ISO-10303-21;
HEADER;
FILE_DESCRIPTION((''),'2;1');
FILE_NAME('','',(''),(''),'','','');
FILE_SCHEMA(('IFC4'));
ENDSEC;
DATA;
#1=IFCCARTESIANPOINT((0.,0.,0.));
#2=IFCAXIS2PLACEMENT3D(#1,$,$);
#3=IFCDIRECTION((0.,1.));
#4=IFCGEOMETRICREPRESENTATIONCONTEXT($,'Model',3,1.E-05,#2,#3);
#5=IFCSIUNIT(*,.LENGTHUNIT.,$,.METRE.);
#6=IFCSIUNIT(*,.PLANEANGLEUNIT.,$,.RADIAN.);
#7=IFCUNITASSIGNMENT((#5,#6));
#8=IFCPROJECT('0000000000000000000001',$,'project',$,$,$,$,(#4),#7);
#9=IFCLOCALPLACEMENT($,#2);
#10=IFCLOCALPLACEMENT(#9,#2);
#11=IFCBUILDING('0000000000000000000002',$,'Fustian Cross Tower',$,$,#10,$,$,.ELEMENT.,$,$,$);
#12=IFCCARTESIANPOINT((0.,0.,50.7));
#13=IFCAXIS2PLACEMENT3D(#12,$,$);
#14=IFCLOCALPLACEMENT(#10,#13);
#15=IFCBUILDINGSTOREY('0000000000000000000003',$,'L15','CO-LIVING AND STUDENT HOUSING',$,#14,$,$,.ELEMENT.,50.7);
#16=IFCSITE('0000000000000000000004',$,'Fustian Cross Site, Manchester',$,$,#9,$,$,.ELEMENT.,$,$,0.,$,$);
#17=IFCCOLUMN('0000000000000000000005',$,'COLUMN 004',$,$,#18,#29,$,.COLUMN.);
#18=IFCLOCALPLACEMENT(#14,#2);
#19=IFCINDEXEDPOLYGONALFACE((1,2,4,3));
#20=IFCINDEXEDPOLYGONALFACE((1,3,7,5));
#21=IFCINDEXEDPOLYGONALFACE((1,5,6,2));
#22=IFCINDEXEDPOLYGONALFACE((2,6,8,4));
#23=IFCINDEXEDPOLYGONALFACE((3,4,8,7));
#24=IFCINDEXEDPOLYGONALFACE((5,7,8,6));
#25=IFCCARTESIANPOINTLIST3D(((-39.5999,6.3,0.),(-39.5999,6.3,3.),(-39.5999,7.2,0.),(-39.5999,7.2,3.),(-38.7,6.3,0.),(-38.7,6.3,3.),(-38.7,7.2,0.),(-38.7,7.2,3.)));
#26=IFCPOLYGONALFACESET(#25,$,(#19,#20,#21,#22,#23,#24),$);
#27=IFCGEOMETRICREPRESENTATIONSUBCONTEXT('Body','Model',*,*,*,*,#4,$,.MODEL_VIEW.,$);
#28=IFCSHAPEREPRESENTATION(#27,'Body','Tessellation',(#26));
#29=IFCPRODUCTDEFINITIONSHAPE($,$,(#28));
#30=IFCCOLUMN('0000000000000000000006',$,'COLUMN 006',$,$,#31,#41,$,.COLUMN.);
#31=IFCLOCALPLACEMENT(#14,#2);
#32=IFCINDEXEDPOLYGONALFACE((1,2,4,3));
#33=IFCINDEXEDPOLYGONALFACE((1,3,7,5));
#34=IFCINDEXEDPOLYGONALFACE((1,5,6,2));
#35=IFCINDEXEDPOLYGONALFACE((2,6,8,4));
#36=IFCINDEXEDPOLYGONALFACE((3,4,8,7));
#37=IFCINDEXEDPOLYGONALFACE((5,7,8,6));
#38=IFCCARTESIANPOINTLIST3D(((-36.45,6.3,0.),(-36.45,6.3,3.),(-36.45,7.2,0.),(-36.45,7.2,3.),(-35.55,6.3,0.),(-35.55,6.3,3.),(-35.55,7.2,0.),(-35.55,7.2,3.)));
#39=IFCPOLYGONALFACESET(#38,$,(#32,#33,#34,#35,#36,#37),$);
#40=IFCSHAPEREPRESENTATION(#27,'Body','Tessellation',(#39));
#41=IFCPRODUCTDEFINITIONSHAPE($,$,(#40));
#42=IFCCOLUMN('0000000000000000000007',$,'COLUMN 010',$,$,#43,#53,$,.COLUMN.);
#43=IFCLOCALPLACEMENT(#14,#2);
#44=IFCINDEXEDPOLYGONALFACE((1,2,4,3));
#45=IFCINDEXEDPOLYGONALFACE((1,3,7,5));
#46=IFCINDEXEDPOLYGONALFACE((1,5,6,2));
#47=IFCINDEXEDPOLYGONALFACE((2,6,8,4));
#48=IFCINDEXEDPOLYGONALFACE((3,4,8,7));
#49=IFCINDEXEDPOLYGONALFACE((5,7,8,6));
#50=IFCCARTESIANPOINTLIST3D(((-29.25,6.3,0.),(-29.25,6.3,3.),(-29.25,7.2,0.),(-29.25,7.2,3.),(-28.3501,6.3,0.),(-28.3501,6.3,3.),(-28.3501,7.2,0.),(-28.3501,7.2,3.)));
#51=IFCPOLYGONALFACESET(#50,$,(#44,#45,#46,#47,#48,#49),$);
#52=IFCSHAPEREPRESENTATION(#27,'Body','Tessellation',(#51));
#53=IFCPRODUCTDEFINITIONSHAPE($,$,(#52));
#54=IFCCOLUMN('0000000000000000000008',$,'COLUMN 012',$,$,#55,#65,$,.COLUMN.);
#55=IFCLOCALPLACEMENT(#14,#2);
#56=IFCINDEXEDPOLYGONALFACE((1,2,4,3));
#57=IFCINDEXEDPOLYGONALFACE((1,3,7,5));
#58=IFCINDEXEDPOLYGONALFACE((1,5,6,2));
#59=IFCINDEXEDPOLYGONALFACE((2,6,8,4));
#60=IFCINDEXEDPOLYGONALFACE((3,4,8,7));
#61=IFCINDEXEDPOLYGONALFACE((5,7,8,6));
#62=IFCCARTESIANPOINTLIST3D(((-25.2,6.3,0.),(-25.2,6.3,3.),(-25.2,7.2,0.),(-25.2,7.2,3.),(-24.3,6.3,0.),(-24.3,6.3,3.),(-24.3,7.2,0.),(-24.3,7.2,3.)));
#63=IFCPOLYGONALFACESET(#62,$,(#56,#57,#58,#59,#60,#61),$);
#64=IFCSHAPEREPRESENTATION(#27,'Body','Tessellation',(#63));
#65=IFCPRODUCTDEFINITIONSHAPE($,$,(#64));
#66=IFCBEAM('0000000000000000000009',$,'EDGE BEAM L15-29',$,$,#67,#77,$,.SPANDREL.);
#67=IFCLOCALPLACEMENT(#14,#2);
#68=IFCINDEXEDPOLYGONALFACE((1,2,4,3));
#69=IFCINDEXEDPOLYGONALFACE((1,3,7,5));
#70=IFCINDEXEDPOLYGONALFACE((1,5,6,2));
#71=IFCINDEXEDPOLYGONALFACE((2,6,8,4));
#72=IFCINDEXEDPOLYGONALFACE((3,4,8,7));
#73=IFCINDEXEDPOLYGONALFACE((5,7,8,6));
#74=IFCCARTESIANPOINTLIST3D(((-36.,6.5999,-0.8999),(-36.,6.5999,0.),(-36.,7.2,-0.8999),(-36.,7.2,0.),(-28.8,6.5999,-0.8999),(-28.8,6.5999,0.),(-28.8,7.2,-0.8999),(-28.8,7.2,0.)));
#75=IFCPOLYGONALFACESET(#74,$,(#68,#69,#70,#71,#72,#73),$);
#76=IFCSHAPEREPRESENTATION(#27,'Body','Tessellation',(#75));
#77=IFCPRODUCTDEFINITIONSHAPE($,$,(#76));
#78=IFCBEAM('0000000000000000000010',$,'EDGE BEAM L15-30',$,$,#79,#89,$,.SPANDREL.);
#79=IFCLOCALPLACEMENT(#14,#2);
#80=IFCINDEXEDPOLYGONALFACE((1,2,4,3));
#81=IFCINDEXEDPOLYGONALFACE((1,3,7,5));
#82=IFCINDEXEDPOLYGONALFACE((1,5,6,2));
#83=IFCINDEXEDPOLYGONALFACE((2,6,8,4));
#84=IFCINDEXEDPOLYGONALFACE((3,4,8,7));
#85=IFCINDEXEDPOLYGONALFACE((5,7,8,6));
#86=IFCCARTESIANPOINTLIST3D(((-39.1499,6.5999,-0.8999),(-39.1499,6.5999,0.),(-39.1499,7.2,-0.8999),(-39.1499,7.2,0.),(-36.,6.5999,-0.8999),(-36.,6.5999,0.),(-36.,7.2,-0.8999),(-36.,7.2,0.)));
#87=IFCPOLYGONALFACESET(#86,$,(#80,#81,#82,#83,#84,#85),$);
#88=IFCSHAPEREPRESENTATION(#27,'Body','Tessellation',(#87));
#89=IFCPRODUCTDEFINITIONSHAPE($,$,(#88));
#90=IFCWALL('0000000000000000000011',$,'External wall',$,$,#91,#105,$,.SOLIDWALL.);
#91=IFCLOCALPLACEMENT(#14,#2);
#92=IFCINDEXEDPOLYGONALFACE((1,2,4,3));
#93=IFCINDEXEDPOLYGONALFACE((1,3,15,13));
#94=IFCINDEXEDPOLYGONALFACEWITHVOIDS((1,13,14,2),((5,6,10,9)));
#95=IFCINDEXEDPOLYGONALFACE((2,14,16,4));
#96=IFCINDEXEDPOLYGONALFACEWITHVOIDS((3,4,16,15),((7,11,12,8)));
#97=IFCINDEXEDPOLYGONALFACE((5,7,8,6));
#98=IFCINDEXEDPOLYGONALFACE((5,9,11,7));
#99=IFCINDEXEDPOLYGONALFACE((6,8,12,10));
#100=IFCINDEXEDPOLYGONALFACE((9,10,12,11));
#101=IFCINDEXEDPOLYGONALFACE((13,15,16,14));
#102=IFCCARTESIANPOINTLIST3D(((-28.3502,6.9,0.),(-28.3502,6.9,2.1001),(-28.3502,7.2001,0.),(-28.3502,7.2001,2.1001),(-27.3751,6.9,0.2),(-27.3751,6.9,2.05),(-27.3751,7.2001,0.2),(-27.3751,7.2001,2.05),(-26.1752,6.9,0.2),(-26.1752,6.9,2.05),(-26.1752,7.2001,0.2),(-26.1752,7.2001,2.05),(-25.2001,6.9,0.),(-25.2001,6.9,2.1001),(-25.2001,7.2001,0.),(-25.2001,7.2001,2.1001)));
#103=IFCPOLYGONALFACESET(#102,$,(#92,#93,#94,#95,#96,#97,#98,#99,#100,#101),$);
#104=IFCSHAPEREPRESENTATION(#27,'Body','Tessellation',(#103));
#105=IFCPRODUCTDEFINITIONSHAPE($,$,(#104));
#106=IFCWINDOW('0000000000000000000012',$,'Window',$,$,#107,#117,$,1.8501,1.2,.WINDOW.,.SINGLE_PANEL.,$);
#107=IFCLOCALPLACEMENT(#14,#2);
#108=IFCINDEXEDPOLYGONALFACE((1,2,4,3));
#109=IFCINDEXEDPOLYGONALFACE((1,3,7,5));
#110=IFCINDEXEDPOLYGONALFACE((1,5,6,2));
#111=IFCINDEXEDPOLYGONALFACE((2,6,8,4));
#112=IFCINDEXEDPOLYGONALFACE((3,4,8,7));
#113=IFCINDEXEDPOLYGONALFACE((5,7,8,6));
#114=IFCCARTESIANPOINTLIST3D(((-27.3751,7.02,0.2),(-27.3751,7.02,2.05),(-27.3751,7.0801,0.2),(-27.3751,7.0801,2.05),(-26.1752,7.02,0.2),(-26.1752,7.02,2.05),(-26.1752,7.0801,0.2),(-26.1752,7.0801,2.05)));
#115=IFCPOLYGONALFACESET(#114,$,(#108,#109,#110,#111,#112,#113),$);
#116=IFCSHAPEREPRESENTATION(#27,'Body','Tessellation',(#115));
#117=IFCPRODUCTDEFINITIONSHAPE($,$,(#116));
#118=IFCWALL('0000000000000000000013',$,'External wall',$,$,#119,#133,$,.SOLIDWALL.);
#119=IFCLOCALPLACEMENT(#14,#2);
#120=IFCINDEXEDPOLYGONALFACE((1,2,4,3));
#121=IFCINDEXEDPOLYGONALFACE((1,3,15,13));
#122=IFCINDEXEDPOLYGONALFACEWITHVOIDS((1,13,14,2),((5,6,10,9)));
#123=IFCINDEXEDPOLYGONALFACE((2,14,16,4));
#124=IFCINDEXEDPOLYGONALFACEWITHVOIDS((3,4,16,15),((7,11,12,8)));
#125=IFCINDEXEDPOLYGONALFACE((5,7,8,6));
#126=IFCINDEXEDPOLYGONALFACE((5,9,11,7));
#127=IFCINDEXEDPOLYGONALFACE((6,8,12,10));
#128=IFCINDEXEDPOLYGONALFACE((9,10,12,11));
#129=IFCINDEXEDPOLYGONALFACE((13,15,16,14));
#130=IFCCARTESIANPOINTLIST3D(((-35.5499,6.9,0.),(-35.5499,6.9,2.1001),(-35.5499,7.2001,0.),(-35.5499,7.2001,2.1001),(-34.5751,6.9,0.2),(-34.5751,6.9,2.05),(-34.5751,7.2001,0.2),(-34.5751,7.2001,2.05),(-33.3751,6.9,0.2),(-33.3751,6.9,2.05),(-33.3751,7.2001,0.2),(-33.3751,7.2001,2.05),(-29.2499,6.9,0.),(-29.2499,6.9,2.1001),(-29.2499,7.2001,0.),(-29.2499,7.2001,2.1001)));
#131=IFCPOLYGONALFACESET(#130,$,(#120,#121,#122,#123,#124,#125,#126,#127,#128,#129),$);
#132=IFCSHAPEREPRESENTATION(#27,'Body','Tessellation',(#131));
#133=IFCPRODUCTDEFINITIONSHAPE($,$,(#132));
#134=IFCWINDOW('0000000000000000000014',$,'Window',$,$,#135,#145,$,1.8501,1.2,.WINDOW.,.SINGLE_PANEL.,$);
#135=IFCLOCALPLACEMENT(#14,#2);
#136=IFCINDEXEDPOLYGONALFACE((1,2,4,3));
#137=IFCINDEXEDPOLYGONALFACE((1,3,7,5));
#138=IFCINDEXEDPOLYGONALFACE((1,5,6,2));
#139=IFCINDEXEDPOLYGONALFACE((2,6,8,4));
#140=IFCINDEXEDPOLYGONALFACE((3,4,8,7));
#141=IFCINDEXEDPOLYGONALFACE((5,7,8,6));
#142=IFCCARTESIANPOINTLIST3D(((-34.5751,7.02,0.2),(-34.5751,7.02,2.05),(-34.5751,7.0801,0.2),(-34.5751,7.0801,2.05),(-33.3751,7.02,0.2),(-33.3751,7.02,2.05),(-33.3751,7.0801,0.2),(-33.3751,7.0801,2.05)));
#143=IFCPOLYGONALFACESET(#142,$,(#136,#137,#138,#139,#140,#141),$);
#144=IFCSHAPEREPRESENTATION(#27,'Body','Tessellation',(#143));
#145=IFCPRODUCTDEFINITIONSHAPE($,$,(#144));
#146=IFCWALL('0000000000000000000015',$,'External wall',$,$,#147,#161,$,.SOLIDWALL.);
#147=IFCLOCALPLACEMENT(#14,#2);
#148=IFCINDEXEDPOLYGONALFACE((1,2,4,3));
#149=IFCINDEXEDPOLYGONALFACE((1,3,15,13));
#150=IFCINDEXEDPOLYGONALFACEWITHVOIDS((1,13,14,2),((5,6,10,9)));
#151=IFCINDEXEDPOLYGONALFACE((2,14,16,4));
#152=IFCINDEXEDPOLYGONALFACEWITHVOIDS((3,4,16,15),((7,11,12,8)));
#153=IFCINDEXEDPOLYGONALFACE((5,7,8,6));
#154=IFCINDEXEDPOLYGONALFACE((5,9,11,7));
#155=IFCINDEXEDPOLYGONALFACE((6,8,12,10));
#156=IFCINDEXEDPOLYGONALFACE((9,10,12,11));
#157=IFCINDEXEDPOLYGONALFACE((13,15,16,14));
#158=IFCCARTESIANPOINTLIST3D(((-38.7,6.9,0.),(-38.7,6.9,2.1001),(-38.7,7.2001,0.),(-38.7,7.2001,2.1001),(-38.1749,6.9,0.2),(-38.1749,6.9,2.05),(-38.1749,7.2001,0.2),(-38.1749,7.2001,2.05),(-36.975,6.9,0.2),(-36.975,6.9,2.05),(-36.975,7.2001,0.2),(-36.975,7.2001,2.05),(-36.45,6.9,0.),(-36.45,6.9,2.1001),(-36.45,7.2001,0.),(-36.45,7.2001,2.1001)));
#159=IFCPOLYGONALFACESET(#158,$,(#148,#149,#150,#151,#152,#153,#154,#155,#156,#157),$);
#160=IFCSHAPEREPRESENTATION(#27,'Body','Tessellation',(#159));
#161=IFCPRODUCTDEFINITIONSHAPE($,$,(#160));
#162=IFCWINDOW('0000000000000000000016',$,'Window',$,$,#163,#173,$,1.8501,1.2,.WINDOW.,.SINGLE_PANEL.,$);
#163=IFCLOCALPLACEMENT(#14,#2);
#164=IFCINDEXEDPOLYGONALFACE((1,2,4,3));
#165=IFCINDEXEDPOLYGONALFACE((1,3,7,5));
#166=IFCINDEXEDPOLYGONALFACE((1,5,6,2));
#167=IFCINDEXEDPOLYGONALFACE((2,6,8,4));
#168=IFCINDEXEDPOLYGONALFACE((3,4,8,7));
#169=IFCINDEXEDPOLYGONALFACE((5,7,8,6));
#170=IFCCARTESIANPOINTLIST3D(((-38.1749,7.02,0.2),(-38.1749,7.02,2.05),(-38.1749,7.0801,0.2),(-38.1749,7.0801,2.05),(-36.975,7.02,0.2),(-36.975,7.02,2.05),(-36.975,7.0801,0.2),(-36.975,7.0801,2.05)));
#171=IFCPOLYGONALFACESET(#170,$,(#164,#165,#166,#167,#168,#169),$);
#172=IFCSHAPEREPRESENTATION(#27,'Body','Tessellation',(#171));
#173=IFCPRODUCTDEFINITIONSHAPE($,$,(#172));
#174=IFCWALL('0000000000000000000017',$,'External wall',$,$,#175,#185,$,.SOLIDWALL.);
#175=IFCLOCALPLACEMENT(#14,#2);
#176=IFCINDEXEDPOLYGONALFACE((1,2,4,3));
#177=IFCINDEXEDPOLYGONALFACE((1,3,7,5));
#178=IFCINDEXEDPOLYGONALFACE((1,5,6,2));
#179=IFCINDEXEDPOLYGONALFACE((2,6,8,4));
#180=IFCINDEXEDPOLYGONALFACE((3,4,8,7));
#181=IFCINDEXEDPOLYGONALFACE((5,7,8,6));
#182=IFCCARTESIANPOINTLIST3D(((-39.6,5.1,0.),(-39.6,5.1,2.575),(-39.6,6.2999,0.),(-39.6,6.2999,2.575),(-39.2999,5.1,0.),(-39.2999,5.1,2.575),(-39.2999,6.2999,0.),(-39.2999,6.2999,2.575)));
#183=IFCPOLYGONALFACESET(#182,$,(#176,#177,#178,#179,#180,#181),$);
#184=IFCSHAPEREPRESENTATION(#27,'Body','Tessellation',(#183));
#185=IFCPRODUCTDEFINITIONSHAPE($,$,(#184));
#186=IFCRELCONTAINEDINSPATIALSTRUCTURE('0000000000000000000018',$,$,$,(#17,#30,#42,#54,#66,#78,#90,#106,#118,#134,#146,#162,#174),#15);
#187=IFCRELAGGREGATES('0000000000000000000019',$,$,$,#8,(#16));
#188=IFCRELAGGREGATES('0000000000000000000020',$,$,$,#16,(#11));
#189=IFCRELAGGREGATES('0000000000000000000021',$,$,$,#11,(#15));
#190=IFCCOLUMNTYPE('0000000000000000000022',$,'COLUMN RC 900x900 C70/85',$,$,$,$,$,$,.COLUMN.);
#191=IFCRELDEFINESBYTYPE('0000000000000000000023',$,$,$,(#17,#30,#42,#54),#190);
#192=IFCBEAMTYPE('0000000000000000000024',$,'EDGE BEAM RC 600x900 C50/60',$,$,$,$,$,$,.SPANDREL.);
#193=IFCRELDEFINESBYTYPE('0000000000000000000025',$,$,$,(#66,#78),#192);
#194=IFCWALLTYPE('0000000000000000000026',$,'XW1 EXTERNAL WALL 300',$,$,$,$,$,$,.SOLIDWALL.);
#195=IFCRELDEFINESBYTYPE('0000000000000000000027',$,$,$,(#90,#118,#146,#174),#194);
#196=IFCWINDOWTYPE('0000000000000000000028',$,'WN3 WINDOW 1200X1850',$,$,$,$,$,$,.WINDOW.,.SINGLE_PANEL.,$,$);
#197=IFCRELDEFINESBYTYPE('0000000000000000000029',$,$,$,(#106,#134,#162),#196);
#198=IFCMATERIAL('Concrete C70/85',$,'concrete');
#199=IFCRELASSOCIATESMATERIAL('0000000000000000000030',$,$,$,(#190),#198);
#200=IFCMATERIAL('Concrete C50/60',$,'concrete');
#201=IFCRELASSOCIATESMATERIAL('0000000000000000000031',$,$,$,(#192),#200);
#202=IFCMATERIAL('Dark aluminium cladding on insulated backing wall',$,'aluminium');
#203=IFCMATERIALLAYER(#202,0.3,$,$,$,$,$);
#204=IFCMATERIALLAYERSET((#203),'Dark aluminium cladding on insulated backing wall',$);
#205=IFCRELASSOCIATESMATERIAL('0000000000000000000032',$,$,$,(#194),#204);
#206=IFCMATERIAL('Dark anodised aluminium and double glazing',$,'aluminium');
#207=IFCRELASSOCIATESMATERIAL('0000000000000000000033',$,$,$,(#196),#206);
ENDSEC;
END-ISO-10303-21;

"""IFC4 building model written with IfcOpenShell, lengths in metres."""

from ifc_helpers import new_model, si_unit, direction, frame, frame_2d, origin, origin_2d, place, context, subcontext, project, spatial, rectangle, extrude, material, layer, layer_set, material_profile, profile_set, type_object, element, fill, save


model = new_model("IFC4")

# Units and contexts
model_context = context("Model", 3, precision=1e-05, world=origin(), true_north=direction((0.0, 1.0)))
body_context = subcontext(model_context, "Body", "Model", "MODEL_VIEW")
ifc_project = project(units=[si_unit("LENGTHUNIT", "METRE"), si_unit("PLANEANGLEUNIT", "RADIAN")], contexts=[model_context])

# Site, building, storey
site_placement = place(None, origin())
site = spatial("IfcSite", under=ifc_project, at=site_placement, Name="Fustian Cross Site, Manchester", CompositionType="ELEMENT", RefElevation=0.0)
building_placement = place(site_placement, origin())
building = spatial("IfcBuilding", under=site, at=building_placement, Name="Fustian Cross Tower", CompositionType="ELEMENT")
storey_placement = place(building_placement, frame((0.0, 0.0, 50.7)))
storey = spatial("IfcBuildingStorey", under=building, at=storey_placement, Name="L15", Description="CO-LIVING AND STUDENT HOUSING", CompositionType="ELEMENT", Elevation=50.7)

# Columns
ifc_material_1 = material(Name="Concrete C70/85", Category="concrete")
ifc_material_profile_1 = material_profile(ifc_material_1, rectangle(XDim=0.8999, YDim=0.8999, at=origin_2d()), Name="RC 900x900")
ifc_profile_set_1 = profile_set([ifc_material_profile_1], Name="Concrete C70/85")
column_type = type_object("IfcColumnType", Name="COLUMN RC 900x900 C70/85", PredefinedType="COLUMN", material=ifc_profile_set_1)
for number, where, z_axis, x_axis, name in (
    (1, (-39.1499, 6.75, 0.0), (0.0, 0.0, 1.0), (1.0, 0.0, 0.0), "COLUMN 004"),
    (2, (-36.0, 6.75, 0.0), (0.0, 0.0, 1.0), (1.0, 0.0, 0.0), "COLUMN 006"),
    (3, (-28.8, 6.75, 0.0), (0.0, 0.0, 1.0), (1.0, 0.0, 0.0), "COLUMN 010"),
    (4, (-24.75, 6.75, 0.0), (0.0, 0.0, 1.0), (1.0, 0.0, 0.0), "COLUMN 012"),
):
    element("IfcColumn", number, at=place(storey_placement, frame(where, z_axis=z_axis, x_axis=x_axis)), inside=storey, type_object=column_type, Name=name, PredefinedType="COLUMN", context=body_context, shape_type="SweptSolid", body=[
        extrude(rectangle(XDim=0.8999, YDim=0.8999, at=origin_2d()), origin(), (0.0, 0.0, 1.0), 3.0),
    ])

# Beams
ifc_material_2 = material(Name="Concrete C50/60", Category="concrete")
ifc_material_profile_2 = material_profile(ifc_material_2, rectangle(XDim=0.6001, YDim=0.8999, at=origin_2d()), Name="RC 600x900")
ifc_profile_set_2 = profile_set([ifc_material_profile_2], Name="Concrete C50/60")
beam_type = type_object("IfcBeamType", Name="EDGE BEAM RC 600x900 C50/60", PredefinedType="SPANDREL", material=ifc_profile_set_2)
beam_1_placement = place(storey_placement, frame((-28.8, 6.8999, -0.45), z_axis=(-1.0, 0.0, 0.0), x_axis=(0.0, -1.0, 0.0)))
element("IfcBeam", 5, at=beam_1_placement, inside=storey, type_object=beam_type, Name="EDGE BEAM L15-29", PredefinedType="SPANDREL", context=body_context, shape_type="SweptSolid", body=[
    extrude(rectangle(XDim=0.6001, YDim=0.8999, at=origin_2d()), origin(), (0.0, 0.0, 1.0), 7.2),
])
beam_2_placement = place(storey_placement, frame((-36.0, 6.8999, -0.45), z_axis=(-1.0, 0.0, 0.0), x_axis=(0.0, -1.0, 0.0)))
element("IfcBeam", 6, at=beam_2_placement, inside=storey, type_object=beam_type, Name="EDGE BEAM L15-30", PredefinedType="SPANDREL", context=body_context, shape_type="SweptSolid", body=[
    extrude(rectangle(XDim=0.6001, YDim=0.8999, at=origin_2d()), origin(), (0.0, 0.0, 1.0), 3.1499),
])

# Walls, openings, windows
ifc_material_3 = material(Name="Dark aluminium cladding on insulated backing wall", Category="aluminium")
ifc_layer = layer(ifc_material_3, 0.3)
ifc_layer_set = layer_set([ifc_layer], Name="Dark aluminium cladding on insulated backing wall")
wall_type = type_object("IfcWallType", Name="XW1 EXTERNAL WALL 300", PredefinedType="SOLIDWALL", material=ifc_layer_set)
wall_1_placement = place(storey_placement, frame((-25.2, 7.05, 0.0), z_axis=(0.0, 0.0, 1.0), x_axis=(-1.0, 0.0, 0.0)))
wall_1 = element("IfcWall", 7, at=wall_1_placement, inside=storey, type_object=wall_type, Name="External wall", PredefinedType="SOLIDWALL", context=body_context, shape_type="SweptSolid", body=[
    extrude(rectangle(XDim=3.1501, YDim=0.3, at=frame_2d((1.5752, 0.0))), origin(), (0.0, 0.0, 1.0), 2.1001),
])
opening_1_placement = place(wall_1_placement, frame((0.9751, 0.0, 0.2)))
opening_1 = element("IfcOpeningElement", 8, at=opening_1_placement, cuts=wall_1, PredefinedType="OPENING", context=body_context, shape_type="SweptSolid", body=[
    extrude(rectangle(XDim=1.2, YDim=1.8501, at=frame_2d((0.6001, 0.925))), frame((0.0, 0.1599, 0.0), z_axis=(0.0, -1.0, 0.0), x_axis=(1.0, 0.0, 0.0)), (0.0, 0.0, 1.0), 0.3201),
])
ifc_material_4 = material(Name="Dark anodised aluminium and double glazing", Category="aluminium")
window_type = type_object("IfcWindowType", Name="WN3 WINDOW 1200X1850", PartitioningType="SINGLE_PANEL", PredefinedType="WINDOW", material=ifc_material_4)
window_1_placement = place(opening_1_placement, origin())
window_1 = element("IfcWindow", 9, at=window_1_placement, inside=storey, type_object=window_type, Name="Window", OverallHeight=1.8501, OverallWidth=1.2, PartitioningType="SINGLE_PANEL", PredefinedType="WINDOW", context=body_context, shape_type="SweptSolid", body=[
    extrude(rectangle(XDim=1.2, YDim=1.8501, at=frame_2d((0.6001, 0.925))), frame((0.0, 0.03, 0.0), z_axis=(0.0, -1.0, 0.0), x_axis=(1.0, 0.0, 0.0)), (0.0, 0.0, 1.0), 0.0601),
])
fill(opening_1, window_1)
wall_2_placement = place(storey_placement, frame((-29.25, 7.05, 0.0), z_axis=(0.0, 0.0, 1.0), x_axis=(-1.0, 0.0, 0.0)))
wall_2 = element("IfcWall", 10, at=wall_2_placement, inside=storey, type_object=wall_type, Name="External wall", PredefinedType="SOLIDWALL", context=body_context, shape_type="SweptSolid", body=[
    extrude(rectangle(XDim=6.3, YDim=0.3, at=frame_2d((3.1499, 0.0))), origin(), (0.0, 0.0, 1.0), 2.1001),
])
opening_2_placement = place(wall_2_placement, frame((4.125, 0.0, 0.2)))
opening_2 = element("IfcOpeningElement", 11, at=opening_2_placement, cuts=wall_2, PredefinedType="OPENING", context=body_context, shape_type="SweptSolid", body=[
    extrude(rectangle(XDim=1.2, YDim=1.8501, at=frame_2d((0.6001, 0.925))), frame((0.0, 0.1599, 0.0), z_axis=(0.0, -1.0, 0.0), x_axis=(1.0, 0.0, 0.0)), (0.0, 0.0, 1.0), 0.3201),
])
window_2_placement = place(opening_2_placement, origin())
window_2 = element("IfcWindow", 12, at=window_2_placement, inside=storey, type_object=window_type, Name="Window", OverallHeight=1.8501, OverallWidth=1.2, PartitioningType="SINGLE_PANEL", PredefinedType="WINDOW", context=body_context, shape_type="SweptSolid", body=[
    extrude(rectangle(XDim=1.2, YDim=1.8501, at=frame_2d((0.6001, 0.925))), frame((0.0, 0.03, 0.0), z_axis=(0.0, -1.0, 0.0), x_axis=(1.0, 0.0, 0.0)), (0.0, 0.0, 1.0), 0.0601),
])
fill(opening_2, window_2)
wall_3_placement = place(storey_placement, frame((-36.45, 7.05, 0.0), z_axis=(0.0, 0.0, 1.0), x_axis=(-1.0, 0.0, 0.0)))
wall_3 = element("IfcWall", 13, at=wall_3_placement, inside=storey, type_object=wall_type, Name="External wall", PredefinedType="SOLIDWALL", context=body_context, shape_type="SweptSolid", body=[
    extrude(rectangle(XDim=2.25, YDim=0.3, at=frame_2d((1.125, 0.0))), origin(), (0.0, 0.0, 1.0), 2.1001),
])
opening_3_placement = place(wall_3_placement, frame((0.5249, 0.0, 0.2)))
opening_3 = element("IfcOpeningElement", 14, at=opening_3_placement, cuts=wall_3, PredefinedType="OPENING", context=body_context, shape_type="SweptSolid", body=[
    extrude(rectangle(XDim=1.2, YDim=1.8501, at=frame_2d((0.6001, 0.925))), frame((0.0, 0.1599, 0.0), z_axis=(0.0, -1.0, 0.0), x_axis=(1.0, 0.0, 0.0)), (0.0, 0.0, 1.0), 0.3201),
])
window_3_placement = place(opening_3_placement, origin())
window_3 = element("IfcWindow", 15, at=window_3_placement, inside=storey, type_object=window_type, Name="Window", OverallHeight=1.8501, OverallWidth=1.2, PartitioningType="SINGLE_PANEL", PredefinedType="WINDOW", context=body_context, shape_type="SweptSolid", body=[
    extrude(rectangle(XDim=1.2, YDim=1.8501, at=frame_2d((0.6001, 0.925))), frame((0.0, 0.03, 0.0), z_axis=(0.0, -1.0, 0.0), x_axis=(1.0, 0.0, 0.0)), (0.0, 0.0, 1.0), 0.0601),
])
fill(opening_3, window_3)

# Wall
wall_4_placement = place(storey_placement, frame((-39.45, 6.3, 0.0), z_axis=(0.0, 0.0, 1.0), x_axis=(0.0, -1.0, 0.0)))
element("IfcWall", 16, at=wall_4_placement, inside=storey, type_object=wall_type, Name="External wall", PredefinedType="SOLIDWALL", context=body_context, shape_type="SweptSolid", body=[
    extrude(rectangle(XDim=1.2, YDim=0.3, at=frame_2d((0.6001, 0.0))), origin(), (0.0, 0.0, 1.0), 2.575),
])

save(model, "model.ifc")
